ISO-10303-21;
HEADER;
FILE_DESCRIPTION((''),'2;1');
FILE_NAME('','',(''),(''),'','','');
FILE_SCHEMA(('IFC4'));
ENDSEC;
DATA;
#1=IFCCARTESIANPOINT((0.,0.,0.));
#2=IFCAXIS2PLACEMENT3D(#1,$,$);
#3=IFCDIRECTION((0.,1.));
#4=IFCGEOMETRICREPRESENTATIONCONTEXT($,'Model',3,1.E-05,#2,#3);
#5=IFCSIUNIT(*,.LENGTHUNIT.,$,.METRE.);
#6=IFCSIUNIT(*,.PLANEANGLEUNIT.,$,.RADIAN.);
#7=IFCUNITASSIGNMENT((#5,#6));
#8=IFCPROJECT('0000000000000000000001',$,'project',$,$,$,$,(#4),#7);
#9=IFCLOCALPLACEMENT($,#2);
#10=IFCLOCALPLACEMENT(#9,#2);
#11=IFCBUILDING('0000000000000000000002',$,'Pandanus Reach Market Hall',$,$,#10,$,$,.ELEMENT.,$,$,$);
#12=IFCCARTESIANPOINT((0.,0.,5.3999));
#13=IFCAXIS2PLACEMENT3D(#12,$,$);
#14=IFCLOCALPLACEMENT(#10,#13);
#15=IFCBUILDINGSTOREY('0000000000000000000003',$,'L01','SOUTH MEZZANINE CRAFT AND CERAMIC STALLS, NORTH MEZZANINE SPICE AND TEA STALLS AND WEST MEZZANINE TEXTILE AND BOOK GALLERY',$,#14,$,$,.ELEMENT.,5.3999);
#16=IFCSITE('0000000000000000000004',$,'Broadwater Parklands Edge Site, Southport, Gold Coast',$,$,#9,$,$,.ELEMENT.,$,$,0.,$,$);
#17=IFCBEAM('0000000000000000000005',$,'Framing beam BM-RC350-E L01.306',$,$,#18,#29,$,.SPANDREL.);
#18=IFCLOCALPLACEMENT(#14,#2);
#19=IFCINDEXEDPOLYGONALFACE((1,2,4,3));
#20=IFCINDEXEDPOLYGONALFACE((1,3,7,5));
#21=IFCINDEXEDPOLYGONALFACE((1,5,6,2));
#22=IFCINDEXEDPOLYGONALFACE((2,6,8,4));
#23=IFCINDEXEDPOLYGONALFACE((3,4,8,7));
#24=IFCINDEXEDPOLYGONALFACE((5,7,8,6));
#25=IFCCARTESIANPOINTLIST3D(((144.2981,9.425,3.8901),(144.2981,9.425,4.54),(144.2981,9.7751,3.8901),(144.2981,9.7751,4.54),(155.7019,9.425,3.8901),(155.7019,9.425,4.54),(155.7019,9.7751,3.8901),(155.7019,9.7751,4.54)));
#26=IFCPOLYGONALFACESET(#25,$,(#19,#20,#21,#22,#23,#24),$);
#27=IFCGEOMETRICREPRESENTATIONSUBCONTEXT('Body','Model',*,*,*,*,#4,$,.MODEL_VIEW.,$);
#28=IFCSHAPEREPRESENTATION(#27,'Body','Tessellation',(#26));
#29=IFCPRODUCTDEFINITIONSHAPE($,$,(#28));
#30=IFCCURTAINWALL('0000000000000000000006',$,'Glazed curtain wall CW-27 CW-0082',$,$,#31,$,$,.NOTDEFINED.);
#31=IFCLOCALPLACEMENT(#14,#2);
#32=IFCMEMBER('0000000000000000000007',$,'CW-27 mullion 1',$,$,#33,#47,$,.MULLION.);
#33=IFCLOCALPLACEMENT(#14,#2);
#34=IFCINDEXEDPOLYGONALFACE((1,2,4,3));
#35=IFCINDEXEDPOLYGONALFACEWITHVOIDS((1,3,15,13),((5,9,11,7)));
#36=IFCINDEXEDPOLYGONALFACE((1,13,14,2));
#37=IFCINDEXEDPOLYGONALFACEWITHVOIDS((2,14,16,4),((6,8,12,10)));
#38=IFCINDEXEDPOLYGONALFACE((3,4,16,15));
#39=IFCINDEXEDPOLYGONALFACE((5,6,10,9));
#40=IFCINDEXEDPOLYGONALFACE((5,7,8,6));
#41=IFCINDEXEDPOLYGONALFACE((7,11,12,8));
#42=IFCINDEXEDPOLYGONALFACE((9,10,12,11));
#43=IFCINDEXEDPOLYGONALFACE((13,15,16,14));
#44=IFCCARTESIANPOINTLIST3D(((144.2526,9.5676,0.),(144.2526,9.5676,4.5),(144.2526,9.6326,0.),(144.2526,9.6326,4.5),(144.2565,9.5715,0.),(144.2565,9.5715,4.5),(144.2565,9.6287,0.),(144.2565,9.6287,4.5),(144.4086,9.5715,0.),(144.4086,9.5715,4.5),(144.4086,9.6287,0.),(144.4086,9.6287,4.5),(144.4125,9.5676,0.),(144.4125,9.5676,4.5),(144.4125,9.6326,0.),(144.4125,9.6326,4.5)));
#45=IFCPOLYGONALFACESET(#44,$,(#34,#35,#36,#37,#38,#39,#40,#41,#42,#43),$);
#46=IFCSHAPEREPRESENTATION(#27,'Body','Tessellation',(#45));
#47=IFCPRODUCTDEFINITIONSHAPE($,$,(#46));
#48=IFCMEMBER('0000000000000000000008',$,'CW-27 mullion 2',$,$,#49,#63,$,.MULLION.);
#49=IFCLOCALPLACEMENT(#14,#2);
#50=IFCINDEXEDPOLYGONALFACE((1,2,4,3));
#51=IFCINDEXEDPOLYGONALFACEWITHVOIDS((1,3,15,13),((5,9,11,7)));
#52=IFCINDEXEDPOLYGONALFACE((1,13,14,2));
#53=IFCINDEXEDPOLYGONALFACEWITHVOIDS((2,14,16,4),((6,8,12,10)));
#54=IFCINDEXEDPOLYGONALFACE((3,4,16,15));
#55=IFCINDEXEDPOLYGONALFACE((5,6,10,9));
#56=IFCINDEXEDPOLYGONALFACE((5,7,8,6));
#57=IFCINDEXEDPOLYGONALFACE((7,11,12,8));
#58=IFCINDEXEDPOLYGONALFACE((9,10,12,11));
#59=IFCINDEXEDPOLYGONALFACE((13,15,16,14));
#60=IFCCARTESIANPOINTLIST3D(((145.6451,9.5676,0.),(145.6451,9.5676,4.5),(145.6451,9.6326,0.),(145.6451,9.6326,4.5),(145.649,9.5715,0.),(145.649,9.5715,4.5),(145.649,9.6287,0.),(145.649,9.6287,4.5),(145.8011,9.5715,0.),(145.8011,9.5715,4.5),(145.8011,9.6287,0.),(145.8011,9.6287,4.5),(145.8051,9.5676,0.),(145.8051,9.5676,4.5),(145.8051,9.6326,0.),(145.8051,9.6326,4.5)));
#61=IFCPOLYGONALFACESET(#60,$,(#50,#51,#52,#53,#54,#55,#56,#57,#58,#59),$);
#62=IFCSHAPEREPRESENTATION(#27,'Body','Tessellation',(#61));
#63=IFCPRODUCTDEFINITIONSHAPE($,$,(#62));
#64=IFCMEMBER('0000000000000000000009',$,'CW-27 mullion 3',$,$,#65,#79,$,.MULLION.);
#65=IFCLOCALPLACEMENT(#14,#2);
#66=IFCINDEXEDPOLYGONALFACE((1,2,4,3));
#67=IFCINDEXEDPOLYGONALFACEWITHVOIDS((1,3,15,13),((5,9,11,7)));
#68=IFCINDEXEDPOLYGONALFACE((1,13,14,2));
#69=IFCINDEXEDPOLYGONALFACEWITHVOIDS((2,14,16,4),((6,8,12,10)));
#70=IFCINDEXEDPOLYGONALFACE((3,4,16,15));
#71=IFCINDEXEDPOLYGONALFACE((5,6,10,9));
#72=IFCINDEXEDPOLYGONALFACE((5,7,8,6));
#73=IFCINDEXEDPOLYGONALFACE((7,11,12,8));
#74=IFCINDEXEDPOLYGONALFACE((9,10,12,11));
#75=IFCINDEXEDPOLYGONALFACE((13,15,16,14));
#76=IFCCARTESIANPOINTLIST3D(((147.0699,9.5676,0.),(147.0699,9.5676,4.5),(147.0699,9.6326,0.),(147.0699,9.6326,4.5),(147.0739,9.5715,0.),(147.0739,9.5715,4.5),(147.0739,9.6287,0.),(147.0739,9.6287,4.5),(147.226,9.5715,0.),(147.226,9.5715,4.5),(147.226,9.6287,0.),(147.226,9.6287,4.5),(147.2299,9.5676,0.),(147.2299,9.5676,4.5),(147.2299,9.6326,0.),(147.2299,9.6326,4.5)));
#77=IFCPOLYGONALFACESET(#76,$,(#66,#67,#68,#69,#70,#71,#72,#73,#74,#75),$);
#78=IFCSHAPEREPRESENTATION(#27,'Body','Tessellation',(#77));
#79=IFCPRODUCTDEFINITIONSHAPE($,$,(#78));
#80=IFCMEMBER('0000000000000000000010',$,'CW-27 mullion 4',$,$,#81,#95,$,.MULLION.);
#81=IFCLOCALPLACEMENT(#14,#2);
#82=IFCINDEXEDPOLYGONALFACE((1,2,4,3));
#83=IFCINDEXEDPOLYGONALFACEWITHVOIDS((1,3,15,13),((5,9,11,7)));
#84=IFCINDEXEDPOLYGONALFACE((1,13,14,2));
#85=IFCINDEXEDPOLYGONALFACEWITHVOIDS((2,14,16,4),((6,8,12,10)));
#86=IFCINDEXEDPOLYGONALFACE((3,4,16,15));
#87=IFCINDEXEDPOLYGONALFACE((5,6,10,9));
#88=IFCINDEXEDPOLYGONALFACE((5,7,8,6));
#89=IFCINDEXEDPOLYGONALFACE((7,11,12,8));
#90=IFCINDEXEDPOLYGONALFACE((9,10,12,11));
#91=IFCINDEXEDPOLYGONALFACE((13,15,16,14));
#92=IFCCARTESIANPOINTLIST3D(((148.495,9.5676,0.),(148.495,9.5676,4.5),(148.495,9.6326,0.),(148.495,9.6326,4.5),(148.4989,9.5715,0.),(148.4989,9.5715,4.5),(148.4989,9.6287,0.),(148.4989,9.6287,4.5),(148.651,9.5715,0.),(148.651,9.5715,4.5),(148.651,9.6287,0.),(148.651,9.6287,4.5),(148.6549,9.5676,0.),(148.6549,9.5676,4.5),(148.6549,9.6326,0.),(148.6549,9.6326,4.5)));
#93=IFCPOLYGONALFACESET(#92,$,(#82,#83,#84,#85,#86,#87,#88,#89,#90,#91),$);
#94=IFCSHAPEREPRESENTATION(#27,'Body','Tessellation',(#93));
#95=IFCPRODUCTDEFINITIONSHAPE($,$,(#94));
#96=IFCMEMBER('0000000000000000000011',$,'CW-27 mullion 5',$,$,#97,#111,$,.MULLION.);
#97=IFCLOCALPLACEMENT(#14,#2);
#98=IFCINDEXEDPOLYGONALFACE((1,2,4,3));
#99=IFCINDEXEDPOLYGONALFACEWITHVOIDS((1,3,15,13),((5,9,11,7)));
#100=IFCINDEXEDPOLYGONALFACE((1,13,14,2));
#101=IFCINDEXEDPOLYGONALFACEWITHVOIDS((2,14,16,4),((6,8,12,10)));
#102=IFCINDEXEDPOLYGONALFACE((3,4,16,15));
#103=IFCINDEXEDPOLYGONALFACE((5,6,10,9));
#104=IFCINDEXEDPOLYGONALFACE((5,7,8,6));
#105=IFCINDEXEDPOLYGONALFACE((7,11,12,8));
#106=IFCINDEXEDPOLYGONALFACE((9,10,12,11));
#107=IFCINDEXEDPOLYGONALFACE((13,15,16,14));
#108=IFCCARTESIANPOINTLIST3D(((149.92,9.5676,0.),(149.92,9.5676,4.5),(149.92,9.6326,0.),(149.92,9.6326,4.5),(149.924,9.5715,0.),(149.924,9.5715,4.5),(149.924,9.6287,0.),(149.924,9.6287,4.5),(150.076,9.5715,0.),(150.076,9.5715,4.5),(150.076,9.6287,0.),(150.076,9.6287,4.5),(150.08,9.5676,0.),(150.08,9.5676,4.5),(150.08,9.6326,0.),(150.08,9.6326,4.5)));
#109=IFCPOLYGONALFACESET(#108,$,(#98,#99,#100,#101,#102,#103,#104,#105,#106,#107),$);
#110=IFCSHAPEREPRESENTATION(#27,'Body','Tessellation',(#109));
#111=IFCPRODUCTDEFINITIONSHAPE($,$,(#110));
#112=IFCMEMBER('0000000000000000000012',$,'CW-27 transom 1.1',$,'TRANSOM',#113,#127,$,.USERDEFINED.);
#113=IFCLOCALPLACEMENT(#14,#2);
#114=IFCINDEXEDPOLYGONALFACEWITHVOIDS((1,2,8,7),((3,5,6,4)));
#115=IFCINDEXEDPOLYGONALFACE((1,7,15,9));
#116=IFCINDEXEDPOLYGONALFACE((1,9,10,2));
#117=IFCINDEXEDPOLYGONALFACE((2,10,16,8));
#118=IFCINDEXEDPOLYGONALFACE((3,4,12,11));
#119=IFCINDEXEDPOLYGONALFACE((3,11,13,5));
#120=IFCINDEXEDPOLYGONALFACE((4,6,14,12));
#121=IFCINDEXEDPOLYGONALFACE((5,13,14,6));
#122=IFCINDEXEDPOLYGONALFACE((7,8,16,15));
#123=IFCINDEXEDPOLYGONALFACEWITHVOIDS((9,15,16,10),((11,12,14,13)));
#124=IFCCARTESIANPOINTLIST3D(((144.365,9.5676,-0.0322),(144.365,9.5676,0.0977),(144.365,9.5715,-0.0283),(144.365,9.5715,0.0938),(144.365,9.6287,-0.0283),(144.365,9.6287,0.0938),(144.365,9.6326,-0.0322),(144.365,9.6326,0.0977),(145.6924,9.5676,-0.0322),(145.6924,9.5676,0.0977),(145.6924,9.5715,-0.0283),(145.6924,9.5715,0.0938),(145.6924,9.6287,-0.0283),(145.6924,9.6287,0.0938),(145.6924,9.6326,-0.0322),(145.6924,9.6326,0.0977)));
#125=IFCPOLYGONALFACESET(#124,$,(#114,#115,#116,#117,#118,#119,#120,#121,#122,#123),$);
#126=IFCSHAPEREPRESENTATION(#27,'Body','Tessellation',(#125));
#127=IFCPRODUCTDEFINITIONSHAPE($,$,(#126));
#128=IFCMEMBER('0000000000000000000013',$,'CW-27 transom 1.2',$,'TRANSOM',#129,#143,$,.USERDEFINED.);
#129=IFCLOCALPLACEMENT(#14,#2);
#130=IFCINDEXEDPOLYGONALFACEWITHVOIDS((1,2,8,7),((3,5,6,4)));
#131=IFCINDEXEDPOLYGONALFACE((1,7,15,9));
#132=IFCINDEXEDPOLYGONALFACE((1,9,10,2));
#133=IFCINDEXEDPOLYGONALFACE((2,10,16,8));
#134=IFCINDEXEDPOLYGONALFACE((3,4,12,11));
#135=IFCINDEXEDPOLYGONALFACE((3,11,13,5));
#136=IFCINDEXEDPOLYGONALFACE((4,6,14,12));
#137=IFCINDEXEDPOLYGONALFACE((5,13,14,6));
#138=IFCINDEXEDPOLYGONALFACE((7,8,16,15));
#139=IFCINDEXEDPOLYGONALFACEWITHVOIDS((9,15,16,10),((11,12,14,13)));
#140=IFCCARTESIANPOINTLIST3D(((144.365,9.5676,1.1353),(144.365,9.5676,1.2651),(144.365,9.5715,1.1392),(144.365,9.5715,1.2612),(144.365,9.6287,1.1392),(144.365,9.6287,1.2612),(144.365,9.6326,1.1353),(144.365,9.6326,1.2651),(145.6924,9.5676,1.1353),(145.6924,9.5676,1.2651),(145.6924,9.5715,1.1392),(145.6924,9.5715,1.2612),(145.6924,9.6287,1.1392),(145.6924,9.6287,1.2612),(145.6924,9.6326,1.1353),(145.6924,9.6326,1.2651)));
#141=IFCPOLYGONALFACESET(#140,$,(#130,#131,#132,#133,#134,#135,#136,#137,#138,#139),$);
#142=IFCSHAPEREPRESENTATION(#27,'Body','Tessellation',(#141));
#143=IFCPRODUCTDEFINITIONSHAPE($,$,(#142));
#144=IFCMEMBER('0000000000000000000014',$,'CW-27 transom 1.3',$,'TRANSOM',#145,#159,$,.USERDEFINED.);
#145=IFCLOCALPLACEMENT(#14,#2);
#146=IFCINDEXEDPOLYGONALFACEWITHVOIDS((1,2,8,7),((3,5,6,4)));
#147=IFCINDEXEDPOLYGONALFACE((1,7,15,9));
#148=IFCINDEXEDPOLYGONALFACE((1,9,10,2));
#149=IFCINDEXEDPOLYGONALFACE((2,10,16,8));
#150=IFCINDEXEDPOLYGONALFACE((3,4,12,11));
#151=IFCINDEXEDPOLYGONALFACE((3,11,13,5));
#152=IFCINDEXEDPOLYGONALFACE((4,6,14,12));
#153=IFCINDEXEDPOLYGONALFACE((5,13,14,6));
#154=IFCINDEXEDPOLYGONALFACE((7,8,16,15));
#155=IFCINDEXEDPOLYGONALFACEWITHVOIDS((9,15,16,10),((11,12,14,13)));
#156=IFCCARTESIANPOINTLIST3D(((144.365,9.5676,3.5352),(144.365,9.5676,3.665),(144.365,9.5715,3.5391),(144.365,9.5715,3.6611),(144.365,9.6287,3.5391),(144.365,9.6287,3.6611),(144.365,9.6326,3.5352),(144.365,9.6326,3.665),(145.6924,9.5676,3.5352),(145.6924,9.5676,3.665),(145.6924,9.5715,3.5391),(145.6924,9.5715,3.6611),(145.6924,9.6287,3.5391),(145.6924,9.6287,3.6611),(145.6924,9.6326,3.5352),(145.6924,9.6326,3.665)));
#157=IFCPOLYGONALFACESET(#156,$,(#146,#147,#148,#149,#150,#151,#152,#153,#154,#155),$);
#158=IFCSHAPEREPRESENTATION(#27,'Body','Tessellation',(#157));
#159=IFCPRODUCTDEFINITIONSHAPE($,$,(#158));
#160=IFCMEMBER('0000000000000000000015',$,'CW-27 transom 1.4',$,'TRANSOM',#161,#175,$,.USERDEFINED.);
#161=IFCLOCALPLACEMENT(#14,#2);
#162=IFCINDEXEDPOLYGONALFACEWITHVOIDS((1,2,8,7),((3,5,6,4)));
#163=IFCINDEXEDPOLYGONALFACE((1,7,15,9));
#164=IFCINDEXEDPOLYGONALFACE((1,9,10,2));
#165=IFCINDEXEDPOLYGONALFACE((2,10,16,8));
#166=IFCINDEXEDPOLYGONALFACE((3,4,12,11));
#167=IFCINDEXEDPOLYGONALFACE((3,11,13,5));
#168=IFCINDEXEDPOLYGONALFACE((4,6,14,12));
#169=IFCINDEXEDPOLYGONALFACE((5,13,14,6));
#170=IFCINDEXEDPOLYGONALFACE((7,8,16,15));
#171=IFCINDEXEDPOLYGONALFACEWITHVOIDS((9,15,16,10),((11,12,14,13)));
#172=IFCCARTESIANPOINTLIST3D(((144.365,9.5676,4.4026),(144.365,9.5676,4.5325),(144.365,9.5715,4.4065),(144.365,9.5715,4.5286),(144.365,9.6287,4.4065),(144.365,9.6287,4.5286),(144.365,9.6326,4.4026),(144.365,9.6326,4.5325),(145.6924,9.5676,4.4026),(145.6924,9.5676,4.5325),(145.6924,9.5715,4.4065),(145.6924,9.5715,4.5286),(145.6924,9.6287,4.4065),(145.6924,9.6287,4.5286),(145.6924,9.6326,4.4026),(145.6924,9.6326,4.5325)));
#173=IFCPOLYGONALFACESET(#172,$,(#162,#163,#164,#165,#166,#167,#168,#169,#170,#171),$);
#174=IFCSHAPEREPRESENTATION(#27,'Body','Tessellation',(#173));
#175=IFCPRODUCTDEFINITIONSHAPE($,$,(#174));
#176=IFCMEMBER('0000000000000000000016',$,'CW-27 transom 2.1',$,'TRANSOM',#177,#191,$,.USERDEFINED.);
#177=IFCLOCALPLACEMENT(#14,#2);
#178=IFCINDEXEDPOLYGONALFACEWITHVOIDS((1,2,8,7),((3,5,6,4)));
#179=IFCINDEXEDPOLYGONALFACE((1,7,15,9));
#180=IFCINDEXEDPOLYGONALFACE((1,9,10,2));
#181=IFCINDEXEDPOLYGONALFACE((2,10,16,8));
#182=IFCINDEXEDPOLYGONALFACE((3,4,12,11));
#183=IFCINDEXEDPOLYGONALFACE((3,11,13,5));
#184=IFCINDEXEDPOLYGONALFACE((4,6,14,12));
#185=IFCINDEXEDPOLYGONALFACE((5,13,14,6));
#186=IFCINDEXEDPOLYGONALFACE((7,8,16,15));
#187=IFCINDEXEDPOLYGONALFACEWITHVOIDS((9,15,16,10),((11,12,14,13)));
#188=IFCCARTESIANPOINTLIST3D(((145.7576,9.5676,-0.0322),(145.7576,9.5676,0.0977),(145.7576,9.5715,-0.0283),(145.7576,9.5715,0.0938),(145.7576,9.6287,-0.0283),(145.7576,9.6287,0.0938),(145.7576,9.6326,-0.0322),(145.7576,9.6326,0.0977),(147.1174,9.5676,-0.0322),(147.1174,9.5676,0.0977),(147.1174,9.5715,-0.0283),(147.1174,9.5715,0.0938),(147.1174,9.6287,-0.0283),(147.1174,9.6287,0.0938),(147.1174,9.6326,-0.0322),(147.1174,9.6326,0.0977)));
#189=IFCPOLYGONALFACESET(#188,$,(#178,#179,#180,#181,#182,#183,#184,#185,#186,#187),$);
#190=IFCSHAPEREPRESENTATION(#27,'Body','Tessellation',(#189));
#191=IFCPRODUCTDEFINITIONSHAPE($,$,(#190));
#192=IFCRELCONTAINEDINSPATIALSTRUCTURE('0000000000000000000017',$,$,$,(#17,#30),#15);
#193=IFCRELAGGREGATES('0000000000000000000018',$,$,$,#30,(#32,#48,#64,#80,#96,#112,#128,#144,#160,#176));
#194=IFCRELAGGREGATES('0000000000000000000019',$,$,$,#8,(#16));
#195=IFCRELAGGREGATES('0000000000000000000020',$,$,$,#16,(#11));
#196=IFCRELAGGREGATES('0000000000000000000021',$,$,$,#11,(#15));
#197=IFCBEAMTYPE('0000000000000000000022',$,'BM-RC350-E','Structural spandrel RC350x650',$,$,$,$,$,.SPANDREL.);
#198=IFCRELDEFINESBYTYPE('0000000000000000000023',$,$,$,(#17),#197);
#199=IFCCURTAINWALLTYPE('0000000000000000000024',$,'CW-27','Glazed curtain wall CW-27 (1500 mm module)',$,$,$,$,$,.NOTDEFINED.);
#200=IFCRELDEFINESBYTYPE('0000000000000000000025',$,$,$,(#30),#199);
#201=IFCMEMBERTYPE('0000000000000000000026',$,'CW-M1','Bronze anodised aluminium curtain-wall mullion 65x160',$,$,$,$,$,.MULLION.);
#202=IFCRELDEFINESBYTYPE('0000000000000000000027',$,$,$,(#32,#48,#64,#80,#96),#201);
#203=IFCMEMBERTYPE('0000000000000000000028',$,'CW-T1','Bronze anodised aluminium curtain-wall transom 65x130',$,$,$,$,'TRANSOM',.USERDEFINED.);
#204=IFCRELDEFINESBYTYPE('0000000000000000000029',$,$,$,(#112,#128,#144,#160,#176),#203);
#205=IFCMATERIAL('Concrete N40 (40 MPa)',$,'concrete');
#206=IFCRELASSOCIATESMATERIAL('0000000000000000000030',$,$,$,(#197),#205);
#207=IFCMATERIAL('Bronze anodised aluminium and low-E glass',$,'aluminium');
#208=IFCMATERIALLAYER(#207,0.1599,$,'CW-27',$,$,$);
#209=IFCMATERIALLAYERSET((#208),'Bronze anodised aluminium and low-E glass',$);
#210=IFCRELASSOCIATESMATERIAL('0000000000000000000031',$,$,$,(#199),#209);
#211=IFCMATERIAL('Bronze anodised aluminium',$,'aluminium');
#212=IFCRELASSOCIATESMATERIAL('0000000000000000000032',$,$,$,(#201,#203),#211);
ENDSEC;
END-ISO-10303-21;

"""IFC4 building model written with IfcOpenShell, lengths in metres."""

from ifc_helpers import new_model, si_unit, direction, frame, origin, origin_2d, place, context, subcontext, project, spatial, rectangle, hollow_rectangle, extrude, material, layer, layer_set, material_profile, profile_set, type_object, element, aggregate, save


model = new_model("IFC4")

# Units and contexts
model_context = context("Model", 3, precision=1e-05, world=origin(), true_north=direction((0.0, 1.0)))
body_context = subcontext(model_context, "Body", "Model", "MODEL_VIEW")
ifc_project = project(units=[si_unit("LENGTHUNIT", "METRE"), si_unit("PLANEANGLEUNIT", "RADIAN")], contexts=[model_context])

# Site, building, storey
site_placement = place(None, origin())
site = spatial("IfcSite", under=ifc_project, at=site_placement, Name="Broadwater Parklands Edge Site, Southport, Gold Coast", CompositionType="ELEMENT", RefElevation=0.0)
building_placement = place(site_placement, origin())
building = spatial("IfcBuilding", under=site, at=building_placement, Name="Pandanus Reach Market Hall", CompositionType="ELEMENT")
storey_placement = place(building_placement, frame((0.0, 0.0, 5.3999)))
storey = spatial("IfcBuildingStorey", under=building, at=storey_placement, Name="L01", Description="SOUTH MEZZANINE CRAFT AND CERAMIC STALLS, NORTH MEZZANINE SPICE AND TEA STALLS AND WEST MEZZANINE TEXTILE AND BOOK GALLERY", CompositionType="ELEMENT", Elevation=5.3999)

# Beam
ifc_material_1 = material(Name="Concrete N40 (40 MPa)", Category="concrete")
ifc_material_profile_1 = material_profile(ifc_material_1, rectangle(XDim=0.3501, YDim=0.6499, at=origin_2d()), Name="RC350x650", Category="LoadBearing")
ifc_profile_set_1 = profile_set([ifc_material_profile_1], Name="Concrete N40 (40 MPa)")
beam_type = type_object("IfcBeamType", Name="BM-RC350-E", Description="Structural spandrel RC350x650", PredefinedType="SPANDREL", material=ifc_profile_set_1)
beam_placement = place(storey_placement, frame((144.2981, 9.6001, 4.2151), z_axis=(1.0, 0.0, 0.0), x_axis=(0.0, 1.0, 0.0)))
element("IfcBeam", 1, at=beam_placement, inside=storey, type_object=beam_type, Name="Framing beam BM-RC350-E L01.306", PredefinedType="SPANDREL", context=body_context, shape_type="SweptSolid", body=[
    extrude(rectangle(XDim=0.3501, YDim=0.6499, at=origin_2d()), origin(), (0.0, 0.0, 1.0), 11.4038),
])

# Curtain wall, members
ifc_material_2 = material(Name="Bronze anodised aluminium and low-E glass", Category="aluminium")
ifc_layer_1 = layer(ifc_material_2, 0.1599, Name="CW-27")
ifc_layer_set_1 = layer_set([ifc_layer_1], Name="Bronze anodised aluminium and low-E glass")
curtain_wall_type = type_object("IfcCurtainWallType", Name="CW-27", Description="Glazed curtain wall CW-27 (1500 mm module)", PredefinedType="NOTDEFINED", material=ifc_layer_set_1)
curtain_wall_placement = place(storey_placement, origin())
curtain_wall = element("IfcCurtainWall", 2, at=curtain_wall_placement, inside=storey, type_object=curtain_wall_type, Name="Glazed curtain wall CW-27 CW-0082", PredefinedType="NOTDEFINED")
ifc_material_3 = material(Name="Bronze anodised aluminium", Category="aluminium")
ifc_material_profile_2 = material_profile(ifc_material_3, hollow_rectangle(XDim=0.0649, YDim=0.1599, WallThickness=0.0039, at=origin_2d()), Name="ALU65x160", Category="LoadBearing")
ifc_profile_set_2 = profile_set([ifc_material_profile_2], Name="Bronze anodised aluminium")
member_type_1 = type_object("IfcMemberType", Name="CW-M1", Description="Bronze anodised aluminium curtain-wall mullion 65x160", PredefinedType="MULLION", material=ifc_profile_set_2)
member_1_placement = place(storey_placement, frame((144.3325, 9.6001, 0.0), z_axis=(0.0, 0.0, 1.0), x_axis=(0.0, 1.0, 0.0)))
member_1 = element("IfcMember", 3, at=member_1_placement, type_object=member_type_1, Name="CW-27 mullion 1", PredefinedType="MULLION", context=body_context, shape_type="SweptSolid", body=[
    extrude(hollow_rectangle(XDim=0.0649, YDim=0.1599, WallThickness=0.0039, at=origin_2d()), origin(), (0.0, 0.0, 1.0), 4.5),
])
member_2_placement = place(storey_placement, frame((145.7251, 9.6001, 0.0), z_axis=(0.0, 0.0, 1.0), x_axis=(0.0, 1.0, 0.0)))
member_2 = element("IfcMember", 4, at=member_2_placement, type_object=member_type_1, Name="CW-27 mullion 2", PredefinedType="MULLION", context=body_context, shape_type="SweptSolid", body=[
    extrude(hollow_rectangle(XDim=0.0649, YDim=0.1599, WallThickness=0.0039, at=origin_2d()), origin(), (0.0, 0.0, 1.0), 4.5),
])
member_3_placement = place(storey_placement, frame((147.1499, 9.6001, 0.0), z_axis=(0.0, 0.0, 1.0), x_axis=(0.0, 1.0, 0.0)))
member_3 = element("IfcMember", 5, at=member_3_placement, type_object=member_type_1, Name="CW-27 mullion 3", PredefinedType="MULLION", context=body_context, shape_type="SweptSolid", body=[
    extrude(hollow_rectangle(XDim=0.0649, YDim=0.1599, WallThickness=0.0039, at=origin_2d()), origin(), (0.0, 0.0, 1.0), 4.5),
])
member_4_placement = place(storey_placement, frame((148.575, 9.6001, 0.0), z_axis=(0.0, 0.0, 1.0), x_axis=(0.0, 1.0, 0.0)))
member_4 = element("IfcMember", 6, at=member_4_placement, type_object=member_type_1, Name="CW-27 mullion 4", PredefinedType="MULLION", context=body_context, shape_type="SweptSolid", body=[
    extrude(hollow_rectangle(XDim=0.0649, YDim=0.1599, WallThickness=0.0039, at=origin_2d()), origin(), (0.0, 0.0, 1.0), 4.5),
])
member_5_placement = place(storey_placement, frame((150.0, 9.6001, 0.0), z_axis=(0.0, 0.0, 1.0), x_axis=(0.0, 1.0, 0.0)))
member_5 = element("IfcMember", 7, at=member_5_placement, type_object=member_type_1, Name="CW-27 mullion 5", PredefinedType="MULLION", context=body_context, shape_type="SweptSolid", body=[
    extrude(hollow_rectangle(XDim=0.0649, YDim=0.1599, WallThickness=0.0039, at=origin_2d()), origin(), (0.0, 0.0, 1.0), 4.5),
])
ifc_material_profile_3 = material_profile(ifc_material_3, hollow_rectangle(XDim=0.0649, YDim=0.1299, WallThickness=0.0039, at=origin_2d()), Name="ALU65x130", Category="LoadBearing")
ifc_profile_set_3 = profile_set([ifc_material_profile_3], Name="Bronze anodised aluminium")
member_type_2 = type_object("IfcMemberType", Name="CW-T1", Description="Bronze anodised aluminium curtain-wall transom 65x130", ElementType="TRANSOM", PredefinedType="USERDEFINED", material=ifc_profile_set_3)
member_6_placement = place(storey_placement, frame((144.365, 9.6001, 0.0327), z_axis=(1.0, 0.0, 0.0), x_axis=(0.0, 1.0, 0.0)))
member_6 = element("IfcMember", 8, at=member_6_placement, type_object=member_type_2, Name="CW-27 transom 1.1", ObjectType="TRANSOM", PredefinedType="USERDEFINED", context=body_context, shape_type="SweptSolid", body=[
    extrude(hollow_rectangle(XDim=0.0649, YDim=0.1299, WallThickness=0.0039, at=origin_2d()), origin(), (0.0, 0.0, 1.0), 1.3274),
])
member_7_placement = place(storey_placement, frame((144.365, 9.6001, 1.2002), z_axis=(1.0, 0.0, 0.0), x_axis=(0.0, 1.0, 0.0)))
member_7 = element("IfcMember", 9, at=member_7_placement, type_object=member_type_2, Name="CW-27 transom 1.2", ObjectType="TRANSOM", PredefinedType="USERDEFINED", context=body_context, shape_type="SweptSolid", body=[
    extrude(hollow_rectangle(XDim=0.0649, YDim=0.1299, WallThickness=0.0039, at=origin_2d()), origin(), (0.0, 0.0, 1.0), 1.3274),
])
member_8_placement = place(storey_placement, frame((144.365, 9.6001, 3.6001), z_axis=(1.0, 0.0, 0.0), x_axis=(0.0, 1.0, 0.0)))
member_8 = element("IfcMember", 10, at=member_8_placement, type_object=member_type_2, Name="CW-27 transom 1.3", ObjectType="TRANSOM", PredefinedType="USERDEFINED", context=body_context, shape_type="SweptSolid", body=[
    extrude(hollow_rectangle(XDim=0.0649, YDim=0.1299, WallThickness=0.0039, at=origin_2d()), origin(), (0.0, 0.0, 1.0), 1.3274),
])
member_9_placement = place(storey_placement, frame((144.365, 9.6001, 4.4675), z_axis=(1.0, 0.0, 0.0), x_axis=(0.0, 1.0, 0.0)))
member_9 = element("IfcMember", 11, at=member_9_placement, type_object=member_type_2, Name="CW-27 transom 1.4", ObjectType="TRANSOM", PredefinedType="USERDEFINED", context=body_context, shape_type="SweptSolid", body=[
    extrude(hollow_rectangle(XDim=0.0649, YDim=0.1299, WallThickness=0.0039, at=origin_2d()), origin(), (0.0, 0.0, 1.0), 1.3274),
])
member_10_placement = place(storey_placement, frame((145.7576, 9.6001, 0.0327), z_axis=(1.0, 0.0, 0.0), x_axis=(0.0, 1.0, 0.0)))
member_10 = element("IfcMember", 12, at=member_10_placement, type_object=member_type_2, Name="CW-27 transom 2.1", ObjectType="TRANSOM", PredefinedType="USERDEFINED", context=body_context, shape_type="SweptSolid", body=[
    extrude(hollow_rectangle(XDim=0.0649, YDim=0.1299, WallThickness=0.0039, at=origin_2d()), origin(), (0.0, 0.0, 1.0), 1.3599),
])
aggregate(curtain_wall, [member_1, member_2, member_3, member_4, member_5, member_6, member_7, member_8, member_9, member_10])

save(model, "model.ifc")
